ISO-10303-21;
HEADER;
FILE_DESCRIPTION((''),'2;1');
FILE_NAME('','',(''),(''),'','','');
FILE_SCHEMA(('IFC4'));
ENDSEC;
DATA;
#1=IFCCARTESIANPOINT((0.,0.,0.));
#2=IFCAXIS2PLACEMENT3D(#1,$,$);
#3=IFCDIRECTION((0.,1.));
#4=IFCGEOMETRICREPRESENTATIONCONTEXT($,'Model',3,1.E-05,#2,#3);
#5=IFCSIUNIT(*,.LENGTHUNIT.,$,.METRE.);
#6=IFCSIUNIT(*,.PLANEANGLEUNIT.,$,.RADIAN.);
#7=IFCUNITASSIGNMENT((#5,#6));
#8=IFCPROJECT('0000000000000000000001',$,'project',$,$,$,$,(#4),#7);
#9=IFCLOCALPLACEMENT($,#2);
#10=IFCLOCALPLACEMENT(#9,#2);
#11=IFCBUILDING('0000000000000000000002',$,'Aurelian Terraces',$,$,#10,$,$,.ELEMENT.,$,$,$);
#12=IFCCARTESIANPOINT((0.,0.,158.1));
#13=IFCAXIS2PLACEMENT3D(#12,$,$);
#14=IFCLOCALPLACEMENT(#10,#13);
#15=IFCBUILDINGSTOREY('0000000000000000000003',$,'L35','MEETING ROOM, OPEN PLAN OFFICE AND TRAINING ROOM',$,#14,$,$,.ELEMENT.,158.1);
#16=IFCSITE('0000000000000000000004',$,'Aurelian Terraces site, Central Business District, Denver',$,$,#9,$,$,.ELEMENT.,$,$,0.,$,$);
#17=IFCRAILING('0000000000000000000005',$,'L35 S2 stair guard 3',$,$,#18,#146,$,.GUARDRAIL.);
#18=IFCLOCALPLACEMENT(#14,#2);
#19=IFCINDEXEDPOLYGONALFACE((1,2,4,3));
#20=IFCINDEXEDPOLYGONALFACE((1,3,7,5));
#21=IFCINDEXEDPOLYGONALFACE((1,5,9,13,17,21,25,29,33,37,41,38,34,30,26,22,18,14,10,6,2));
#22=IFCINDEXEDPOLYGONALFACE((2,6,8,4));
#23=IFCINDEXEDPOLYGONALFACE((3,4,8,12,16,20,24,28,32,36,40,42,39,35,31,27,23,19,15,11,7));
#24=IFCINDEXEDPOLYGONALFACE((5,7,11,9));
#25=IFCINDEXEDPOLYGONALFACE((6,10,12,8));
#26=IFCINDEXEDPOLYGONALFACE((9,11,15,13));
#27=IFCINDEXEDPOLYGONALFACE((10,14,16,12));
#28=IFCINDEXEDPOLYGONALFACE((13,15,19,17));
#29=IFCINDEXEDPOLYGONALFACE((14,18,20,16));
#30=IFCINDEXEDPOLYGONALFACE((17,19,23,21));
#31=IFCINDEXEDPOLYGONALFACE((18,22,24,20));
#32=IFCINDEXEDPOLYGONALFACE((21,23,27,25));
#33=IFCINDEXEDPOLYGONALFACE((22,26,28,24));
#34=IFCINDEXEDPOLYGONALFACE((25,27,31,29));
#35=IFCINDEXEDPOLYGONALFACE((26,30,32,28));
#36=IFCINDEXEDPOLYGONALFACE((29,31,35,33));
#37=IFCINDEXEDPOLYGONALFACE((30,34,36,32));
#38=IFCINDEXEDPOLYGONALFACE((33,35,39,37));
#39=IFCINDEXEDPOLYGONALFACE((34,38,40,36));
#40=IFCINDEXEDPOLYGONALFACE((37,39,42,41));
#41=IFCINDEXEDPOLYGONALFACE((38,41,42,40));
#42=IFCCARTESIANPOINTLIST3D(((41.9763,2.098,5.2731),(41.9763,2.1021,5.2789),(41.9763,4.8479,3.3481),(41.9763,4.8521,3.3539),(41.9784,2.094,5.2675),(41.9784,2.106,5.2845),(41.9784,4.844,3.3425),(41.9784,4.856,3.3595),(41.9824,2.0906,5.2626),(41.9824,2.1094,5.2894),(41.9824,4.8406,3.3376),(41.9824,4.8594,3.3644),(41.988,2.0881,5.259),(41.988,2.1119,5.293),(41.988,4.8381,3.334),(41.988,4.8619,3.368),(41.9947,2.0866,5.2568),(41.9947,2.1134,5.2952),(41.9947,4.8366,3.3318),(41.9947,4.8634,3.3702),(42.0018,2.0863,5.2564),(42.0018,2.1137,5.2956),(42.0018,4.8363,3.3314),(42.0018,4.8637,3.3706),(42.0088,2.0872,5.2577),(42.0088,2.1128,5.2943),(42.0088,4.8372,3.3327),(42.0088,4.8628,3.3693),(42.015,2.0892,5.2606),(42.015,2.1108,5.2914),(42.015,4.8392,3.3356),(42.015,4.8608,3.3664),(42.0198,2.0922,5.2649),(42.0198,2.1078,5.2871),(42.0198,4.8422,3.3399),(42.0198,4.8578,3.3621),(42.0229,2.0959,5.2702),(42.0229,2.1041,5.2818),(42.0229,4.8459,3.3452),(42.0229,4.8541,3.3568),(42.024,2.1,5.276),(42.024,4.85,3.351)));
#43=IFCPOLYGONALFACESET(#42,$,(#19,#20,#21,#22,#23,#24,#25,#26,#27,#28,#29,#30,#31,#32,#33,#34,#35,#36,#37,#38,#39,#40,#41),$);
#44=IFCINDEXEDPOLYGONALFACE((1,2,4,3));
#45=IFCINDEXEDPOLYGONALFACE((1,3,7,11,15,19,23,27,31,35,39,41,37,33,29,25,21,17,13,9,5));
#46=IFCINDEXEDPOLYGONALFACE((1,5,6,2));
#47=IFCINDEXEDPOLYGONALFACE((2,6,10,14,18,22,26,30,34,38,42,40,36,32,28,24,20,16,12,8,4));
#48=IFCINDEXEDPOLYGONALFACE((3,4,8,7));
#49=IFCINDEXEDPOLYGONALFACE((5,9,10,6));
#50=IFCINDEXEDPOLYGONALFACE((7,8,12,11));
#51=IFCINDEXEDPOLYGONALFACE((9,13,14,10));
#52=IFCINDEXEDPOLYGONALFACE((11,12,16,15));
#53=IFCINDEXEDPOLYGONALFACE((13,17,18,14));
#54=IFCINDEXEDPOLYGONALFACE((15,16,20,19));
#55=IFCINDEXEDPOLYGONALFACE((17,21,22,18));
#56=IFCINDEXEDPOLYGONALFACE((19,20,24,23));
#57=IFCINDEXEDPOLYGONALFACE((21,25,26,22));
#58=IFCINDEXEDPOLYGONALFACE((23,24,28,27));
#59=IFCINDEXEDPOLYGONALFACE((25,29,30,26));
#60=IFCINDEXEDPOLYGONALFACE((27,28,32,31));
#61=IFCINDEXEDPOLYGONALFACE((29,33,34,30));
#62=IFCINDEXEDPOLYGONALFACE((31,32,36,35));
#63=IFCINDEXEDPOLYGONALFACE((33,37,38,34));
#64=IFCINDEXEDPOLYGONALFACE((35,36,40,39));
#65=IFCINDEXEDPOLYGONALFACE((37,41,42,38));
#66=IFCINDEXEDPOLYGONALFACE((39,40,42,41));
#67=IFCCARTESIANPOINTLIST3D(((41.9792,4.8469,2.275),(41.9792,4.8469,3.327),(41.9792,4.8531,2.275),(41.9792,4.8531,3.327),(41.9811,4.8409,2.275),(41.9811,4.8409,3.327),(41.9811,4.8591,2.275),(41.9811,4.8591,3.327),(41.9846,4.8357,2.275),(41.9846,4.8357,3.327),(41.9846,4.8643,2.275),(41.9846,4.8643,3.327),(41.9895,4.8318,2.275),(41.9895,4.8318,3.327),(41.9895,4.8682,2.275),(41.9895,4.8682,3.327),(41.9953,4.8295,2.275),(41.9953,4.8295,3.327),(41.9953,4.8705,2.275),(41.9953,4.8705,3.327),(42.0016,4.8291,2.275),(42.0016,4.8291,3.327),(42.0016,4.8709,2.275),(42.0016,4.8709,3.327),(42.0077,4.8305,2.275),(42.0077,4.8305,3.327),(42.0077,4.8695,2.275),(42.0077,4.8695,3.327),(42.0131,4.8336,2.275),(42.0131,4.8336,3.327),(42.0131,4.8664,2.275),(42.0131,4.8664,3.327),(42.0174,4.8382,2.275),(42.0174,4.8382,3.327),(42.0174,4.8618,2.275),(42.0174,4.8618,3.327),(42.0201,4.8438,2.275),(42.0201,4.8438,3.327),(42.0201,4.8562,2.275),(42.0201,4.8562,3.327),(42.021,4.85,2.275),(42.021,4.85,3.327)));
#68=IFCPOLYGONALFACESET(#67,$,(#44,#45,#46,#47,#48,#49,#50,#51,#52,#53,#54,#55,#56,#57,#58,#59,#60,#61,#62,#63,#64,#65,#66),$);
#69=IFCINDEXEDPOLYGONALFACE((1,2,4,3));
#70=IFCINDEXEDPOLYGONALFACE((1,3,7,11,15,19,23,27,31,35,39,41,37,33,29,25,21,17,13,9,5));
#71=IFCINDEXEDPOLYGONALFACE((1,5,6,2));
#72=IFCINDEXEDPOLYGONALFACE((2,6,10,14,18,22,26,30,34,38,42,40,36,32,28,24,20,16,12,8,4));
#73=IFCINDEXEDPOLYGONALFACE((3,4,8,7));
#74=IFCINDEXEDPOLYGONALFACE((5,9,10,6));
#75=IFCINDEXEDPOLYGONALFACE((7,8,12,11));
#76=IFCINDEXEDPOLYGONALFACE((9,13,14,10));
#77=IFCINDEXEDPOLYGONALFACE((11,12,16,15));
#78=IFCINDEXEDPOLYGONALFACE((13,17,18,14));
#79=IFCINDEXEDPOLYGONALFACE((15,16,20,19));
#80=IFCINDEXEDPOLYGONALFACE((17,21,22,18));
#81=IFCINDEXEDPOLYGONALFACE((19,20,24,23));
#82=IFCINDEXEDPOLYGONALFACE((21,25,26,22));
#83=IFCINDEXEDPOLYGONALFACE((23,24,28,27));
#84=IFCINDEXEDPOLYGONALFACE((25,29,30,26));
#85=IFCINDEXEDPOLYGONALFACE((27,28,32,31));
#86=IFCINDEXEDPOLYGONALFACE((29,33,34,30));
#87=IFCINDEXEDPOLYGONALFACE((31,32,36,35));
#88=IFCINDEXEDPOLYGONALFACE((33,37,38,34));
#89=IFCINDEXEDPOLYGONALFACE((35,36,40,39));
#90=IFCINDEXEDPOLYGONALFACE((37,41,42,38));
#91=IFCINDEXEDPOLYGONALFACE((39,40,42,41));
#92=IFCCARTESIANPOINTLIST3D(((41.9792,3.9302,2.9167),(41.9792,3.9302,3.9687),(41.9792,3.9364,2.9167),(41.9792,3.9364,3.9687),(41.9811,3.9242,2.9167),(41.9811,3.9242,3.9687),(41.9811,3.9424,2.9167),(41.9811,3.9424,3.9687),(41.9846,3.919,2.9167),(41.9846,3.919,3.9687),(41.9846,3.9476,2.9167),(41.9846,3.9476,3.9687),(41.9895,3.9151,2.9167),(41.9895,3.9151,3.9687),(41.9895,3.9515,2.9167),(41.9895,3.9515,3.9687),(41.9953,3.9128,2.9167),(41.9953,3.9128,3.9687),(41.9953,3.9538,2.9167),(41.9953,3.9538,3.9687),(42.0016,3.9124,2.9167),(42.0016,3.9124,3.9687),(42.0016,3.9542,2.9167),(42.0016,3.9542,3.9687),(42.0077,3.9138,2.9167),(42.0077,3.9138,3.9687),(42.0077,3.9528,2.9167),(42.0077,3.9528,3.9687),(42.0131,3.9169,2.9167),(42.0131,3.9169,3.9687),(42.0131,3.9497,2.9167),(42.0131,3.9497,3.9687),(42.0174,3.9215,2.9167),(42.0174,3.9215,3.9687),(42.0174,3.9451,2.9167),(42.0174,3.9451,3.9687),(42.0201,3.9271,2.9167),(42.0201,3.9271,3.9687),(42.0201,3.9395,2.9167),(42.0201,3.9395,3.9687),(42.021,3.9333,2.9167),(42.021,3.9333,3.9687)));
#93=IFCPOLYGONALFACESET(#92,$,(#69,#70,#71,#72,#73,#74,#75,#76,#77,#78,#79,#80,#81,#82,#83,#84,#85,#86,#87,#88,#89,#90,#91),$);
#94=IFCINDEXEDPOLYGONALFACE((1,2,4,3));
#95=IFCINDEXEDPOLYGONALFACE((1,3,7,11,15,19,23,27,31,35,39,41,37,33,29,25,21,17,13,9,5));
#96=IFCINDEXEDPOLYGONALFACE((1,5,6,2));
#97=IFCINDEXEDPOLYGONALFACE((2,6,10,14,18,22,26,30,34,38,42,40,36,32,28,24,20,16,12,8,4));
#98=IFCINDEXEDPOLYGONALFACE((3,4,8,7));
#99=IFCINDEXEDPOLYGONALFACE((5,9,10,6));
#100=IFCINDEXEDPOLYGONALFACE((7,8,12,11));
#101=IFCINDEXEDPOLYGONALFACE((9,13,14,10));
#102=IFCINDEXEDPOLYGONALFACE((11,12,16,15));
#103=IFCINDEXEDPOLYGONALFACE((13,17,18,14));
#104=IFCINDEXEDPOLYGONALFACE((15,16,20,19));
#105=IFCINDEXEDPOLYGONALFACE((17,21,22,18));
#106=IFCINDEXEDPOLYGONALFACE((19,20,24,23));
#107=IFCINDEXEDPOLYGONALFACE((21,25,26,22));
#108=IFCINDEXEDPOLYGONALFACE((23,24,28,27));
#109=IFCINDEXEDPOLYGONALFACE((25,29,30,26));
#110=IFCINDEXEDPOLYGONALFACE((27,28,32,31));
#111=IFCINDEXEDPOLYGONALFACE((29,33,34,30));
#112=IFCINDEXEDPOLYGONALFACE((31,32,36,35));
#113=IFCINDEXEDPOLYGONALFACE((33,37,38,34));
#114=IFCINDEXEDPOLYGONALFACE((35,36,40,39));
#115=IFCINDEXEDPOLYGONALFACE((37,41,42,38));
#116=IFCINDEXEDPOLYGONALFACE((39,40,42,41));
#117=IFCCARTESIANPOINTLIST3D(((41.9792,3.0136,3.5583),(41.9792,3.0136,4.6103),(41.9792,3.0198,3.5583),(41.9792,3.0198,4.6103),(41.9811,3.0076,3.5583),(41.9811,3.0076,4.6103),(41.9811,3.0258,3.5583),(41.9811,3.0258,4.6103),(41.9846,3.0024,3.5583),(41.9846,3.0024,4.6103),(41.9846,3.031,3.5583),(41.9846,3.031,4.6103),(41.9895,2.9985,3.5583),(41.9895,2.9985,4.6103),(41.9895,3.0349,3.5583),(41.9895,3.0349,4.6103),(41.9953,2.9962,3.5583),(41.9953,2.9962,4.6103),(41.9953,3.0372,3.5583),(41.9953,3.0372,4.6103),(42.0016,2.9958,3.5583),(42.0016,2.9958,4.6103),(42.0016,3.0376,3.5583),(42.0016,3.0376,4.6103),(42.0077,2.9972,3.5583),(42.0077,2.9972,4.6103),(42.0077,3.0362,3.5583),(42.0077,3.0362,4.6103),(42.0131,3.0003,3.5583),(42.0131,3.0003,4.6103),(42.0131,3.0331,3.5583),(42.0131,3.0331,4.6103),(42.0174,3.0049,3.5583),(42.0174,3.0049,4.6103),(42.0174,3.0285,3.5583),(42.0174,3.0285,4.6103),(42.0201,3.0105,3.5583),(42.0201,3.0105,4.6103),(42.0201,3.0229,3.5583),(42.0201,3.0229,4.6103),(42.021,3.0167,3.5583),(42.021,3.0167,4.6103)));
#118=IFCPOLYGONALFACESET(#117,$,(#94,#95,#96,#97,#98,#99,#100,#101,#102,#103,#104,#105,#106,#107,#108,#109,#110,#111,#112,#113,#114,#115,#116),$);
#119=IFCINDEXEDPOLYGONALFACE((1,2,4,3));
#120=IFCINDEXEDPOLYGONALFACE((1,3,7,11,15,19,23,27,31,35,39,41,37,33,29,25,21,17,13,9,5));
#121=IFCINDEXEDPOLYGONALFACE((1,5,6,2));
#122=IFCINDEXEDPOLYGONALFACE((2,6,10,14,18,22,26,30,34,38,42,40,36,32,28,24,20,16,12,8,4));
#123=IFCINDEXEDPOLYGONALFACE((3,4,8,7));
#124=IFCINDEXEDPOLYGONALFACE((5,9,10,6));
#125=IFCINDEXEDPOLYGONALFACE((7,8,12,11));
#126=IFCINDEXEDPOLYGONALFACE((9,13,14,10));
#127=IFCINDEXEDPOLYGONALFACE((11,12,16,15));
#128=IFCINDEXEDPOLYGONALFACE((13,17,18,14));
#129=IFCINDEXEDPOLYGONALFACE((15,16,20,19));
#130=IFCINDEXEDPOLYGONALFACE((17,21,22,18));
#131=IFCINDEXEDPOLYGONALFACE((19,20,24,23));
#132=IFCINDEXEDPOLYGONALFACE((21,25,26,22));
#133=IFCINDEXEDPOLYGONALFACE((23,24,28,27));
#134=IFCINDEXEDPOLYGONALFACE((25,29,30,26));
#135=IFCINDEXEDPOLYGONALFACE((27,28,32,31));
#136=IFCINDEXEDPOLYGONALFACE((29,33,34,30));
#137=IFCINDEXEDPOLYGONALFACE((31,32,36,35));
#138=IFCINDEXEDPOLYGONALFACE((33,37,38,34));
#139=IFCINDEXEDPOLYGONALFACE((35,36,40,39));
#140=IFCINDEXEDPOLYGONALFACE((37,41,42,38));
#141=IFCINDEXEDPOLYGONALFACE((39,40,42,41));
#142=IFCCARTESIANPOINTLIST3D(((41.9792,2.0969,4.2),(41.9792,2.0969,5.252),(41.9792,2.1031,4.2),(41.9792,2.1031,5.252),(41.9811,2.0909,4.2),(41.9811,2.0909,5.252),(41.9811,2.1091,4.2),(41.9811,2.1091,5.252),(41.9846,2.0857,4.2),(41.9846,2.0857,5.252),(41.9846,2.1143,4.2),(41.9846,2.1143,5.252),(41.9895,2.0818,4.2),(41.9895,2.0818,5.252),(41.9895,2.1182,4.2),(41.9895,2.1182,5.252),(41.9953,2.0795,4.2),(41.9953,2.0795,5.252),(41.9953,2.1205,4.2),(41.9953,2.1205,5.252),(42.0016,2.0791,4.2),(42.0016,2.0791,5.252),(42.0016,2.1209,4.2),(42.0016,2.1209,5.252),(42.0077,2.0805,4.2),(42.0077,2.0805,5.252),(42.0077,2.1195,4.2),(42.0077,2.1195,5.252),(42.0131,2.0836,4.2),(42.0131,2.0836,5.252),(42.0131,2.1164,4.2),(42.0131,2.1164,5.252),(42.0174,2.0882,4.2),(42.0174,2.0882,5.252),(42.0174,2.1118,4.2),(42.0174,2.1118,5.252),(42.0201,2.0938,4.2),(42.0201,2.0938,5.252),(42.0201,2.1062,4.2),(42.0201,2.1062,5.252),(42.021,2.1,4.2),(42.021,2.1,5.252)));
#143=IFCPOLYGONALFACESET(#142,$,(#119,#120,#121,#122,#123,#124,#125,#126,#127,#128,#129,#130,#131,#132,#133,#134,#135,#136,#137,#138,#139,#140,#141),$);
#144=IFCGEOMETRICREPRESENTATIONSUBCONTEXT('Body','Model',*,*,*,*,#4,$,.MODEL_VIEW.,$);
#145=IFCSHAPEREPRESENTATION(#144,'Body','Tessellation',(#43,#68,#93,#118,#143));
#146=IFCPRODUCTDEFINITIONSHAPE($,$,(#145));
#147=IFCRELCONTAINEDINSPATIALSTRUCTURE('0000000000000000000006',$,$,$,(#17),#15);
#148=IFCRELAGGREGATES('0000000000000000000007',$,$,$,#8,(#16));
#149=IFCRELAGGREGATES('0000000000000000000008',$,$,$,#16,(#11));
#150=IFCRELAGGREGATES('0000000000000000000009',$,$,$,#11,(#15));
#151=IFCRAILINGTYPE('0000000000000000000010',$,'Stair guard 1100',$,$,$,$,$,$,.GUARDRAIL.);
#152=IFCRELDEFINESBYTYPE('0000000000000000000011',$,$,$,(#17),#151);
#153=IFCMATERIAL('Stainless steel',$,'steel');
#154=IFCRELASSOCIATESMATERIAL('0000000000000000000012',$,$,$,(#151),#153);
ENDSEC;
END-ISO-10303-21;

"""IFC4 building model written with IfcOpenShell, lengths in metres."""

from ifc_helpers import new_model, si_unit, direction, frame, origin, origin_2d, place, context, subcontext, project, spatial, circle, extrude, source, transform, mapped, material, type_object, element, save


model = new_model("IFC4")

# Units and contexts
model_context = context("Model", 3, precision=1e-05, world=origin(), true_north=direction((0.0, 1.0)))
body_context = subcontext(model_context, "Body", "Model", "MODEL_VIEW")
ifc_project = project(units=[si_unit("LENGTHUNIT", "METRE"), si_unit("PLANEANGLEUNIT", "RADIAN")], contexts=[model_context])

# Site, building, storey
site_placement = place(None, origin())
site = spatial("IfcSite", under=ifc_project, at=site_placement, Name="Aurelian Terraces site, Central Business District, Denver", CompositionType="ELEMENT", RefElevation=0.0)
building_placement = place(site_placement, origin())
building = spatial("IfcBuilding", under=site, at=building_placement, Name="Aurelian Terraces", CompositionType="ELEMENT")
storey_placement = place(building_placement, frame((0.0, 0.0, 158.1)))
storey = spatial("IfcBuildingStorey", under=building, at=storey_placement, Name="L35", Description="MEETING ROOM, OPEN PLAN OFFICE AND TRAINING ROOM", CompositionType="ELEMENT", Elevation=158.1)

# Railing
ifc_material_1 = material(Name="Stainless steel", Category="steel")
railing_type_1 = type_object("IfcRailingType", Name="Stair guard 1100", PredefinedType="GUARDRAIL", material=ifc_material_1)
shared_shape_1 = source(origin(), body_context, "Body", "SweptSolid", [
    extrude(circle(Radius=0.024, at=origin_2d()), frame((0.0, 0.0, 1.076), z_axis=(0.0, -0.819232, 0.573462), x_axis=(1.0, 0.0, 0.0)), (0.0, 0.0, 1.0), 3.3568),
    extrude(circle(Radius=0.021, at=origin_2d()), origin(), (0.0, 0.0, 1.0), 1.052),
    extrude(circle(Radius=0.021, at=origin_2d()), frame((0.0, -0.9167, 0.6417)), (0.0, 0.0, 1.0), 1.052),
    extrude(circle(Radius=0.021, at=origin_2d()), frame((0.0, -1.8333, 1.2833)), (0.0, 0.0, 1.0), 1.052),
    extrude(circle(Radius=0.021, at=origin_2d()), frame((0.0, -2.75, 1.925)), (0.0, 0.0, 1.0), 1.052),
])
railing_1_placement = place(storey_placement, frame((42.0, 4.85, 2.275)))
element("IfcRailing", 1, at=railing_1_placement, inside=storey, type_object=railing_type_1, Name="L35 S2 stair guard 3", PredefinedType="GUARDRAIL", context=body_context, shape_type="MappedRepresentation", body=[
    mapped(shared_shape_1, transform((0.0, 0.0, 0.0), scale=1.0)),
])

save(model, "model.ifc")
